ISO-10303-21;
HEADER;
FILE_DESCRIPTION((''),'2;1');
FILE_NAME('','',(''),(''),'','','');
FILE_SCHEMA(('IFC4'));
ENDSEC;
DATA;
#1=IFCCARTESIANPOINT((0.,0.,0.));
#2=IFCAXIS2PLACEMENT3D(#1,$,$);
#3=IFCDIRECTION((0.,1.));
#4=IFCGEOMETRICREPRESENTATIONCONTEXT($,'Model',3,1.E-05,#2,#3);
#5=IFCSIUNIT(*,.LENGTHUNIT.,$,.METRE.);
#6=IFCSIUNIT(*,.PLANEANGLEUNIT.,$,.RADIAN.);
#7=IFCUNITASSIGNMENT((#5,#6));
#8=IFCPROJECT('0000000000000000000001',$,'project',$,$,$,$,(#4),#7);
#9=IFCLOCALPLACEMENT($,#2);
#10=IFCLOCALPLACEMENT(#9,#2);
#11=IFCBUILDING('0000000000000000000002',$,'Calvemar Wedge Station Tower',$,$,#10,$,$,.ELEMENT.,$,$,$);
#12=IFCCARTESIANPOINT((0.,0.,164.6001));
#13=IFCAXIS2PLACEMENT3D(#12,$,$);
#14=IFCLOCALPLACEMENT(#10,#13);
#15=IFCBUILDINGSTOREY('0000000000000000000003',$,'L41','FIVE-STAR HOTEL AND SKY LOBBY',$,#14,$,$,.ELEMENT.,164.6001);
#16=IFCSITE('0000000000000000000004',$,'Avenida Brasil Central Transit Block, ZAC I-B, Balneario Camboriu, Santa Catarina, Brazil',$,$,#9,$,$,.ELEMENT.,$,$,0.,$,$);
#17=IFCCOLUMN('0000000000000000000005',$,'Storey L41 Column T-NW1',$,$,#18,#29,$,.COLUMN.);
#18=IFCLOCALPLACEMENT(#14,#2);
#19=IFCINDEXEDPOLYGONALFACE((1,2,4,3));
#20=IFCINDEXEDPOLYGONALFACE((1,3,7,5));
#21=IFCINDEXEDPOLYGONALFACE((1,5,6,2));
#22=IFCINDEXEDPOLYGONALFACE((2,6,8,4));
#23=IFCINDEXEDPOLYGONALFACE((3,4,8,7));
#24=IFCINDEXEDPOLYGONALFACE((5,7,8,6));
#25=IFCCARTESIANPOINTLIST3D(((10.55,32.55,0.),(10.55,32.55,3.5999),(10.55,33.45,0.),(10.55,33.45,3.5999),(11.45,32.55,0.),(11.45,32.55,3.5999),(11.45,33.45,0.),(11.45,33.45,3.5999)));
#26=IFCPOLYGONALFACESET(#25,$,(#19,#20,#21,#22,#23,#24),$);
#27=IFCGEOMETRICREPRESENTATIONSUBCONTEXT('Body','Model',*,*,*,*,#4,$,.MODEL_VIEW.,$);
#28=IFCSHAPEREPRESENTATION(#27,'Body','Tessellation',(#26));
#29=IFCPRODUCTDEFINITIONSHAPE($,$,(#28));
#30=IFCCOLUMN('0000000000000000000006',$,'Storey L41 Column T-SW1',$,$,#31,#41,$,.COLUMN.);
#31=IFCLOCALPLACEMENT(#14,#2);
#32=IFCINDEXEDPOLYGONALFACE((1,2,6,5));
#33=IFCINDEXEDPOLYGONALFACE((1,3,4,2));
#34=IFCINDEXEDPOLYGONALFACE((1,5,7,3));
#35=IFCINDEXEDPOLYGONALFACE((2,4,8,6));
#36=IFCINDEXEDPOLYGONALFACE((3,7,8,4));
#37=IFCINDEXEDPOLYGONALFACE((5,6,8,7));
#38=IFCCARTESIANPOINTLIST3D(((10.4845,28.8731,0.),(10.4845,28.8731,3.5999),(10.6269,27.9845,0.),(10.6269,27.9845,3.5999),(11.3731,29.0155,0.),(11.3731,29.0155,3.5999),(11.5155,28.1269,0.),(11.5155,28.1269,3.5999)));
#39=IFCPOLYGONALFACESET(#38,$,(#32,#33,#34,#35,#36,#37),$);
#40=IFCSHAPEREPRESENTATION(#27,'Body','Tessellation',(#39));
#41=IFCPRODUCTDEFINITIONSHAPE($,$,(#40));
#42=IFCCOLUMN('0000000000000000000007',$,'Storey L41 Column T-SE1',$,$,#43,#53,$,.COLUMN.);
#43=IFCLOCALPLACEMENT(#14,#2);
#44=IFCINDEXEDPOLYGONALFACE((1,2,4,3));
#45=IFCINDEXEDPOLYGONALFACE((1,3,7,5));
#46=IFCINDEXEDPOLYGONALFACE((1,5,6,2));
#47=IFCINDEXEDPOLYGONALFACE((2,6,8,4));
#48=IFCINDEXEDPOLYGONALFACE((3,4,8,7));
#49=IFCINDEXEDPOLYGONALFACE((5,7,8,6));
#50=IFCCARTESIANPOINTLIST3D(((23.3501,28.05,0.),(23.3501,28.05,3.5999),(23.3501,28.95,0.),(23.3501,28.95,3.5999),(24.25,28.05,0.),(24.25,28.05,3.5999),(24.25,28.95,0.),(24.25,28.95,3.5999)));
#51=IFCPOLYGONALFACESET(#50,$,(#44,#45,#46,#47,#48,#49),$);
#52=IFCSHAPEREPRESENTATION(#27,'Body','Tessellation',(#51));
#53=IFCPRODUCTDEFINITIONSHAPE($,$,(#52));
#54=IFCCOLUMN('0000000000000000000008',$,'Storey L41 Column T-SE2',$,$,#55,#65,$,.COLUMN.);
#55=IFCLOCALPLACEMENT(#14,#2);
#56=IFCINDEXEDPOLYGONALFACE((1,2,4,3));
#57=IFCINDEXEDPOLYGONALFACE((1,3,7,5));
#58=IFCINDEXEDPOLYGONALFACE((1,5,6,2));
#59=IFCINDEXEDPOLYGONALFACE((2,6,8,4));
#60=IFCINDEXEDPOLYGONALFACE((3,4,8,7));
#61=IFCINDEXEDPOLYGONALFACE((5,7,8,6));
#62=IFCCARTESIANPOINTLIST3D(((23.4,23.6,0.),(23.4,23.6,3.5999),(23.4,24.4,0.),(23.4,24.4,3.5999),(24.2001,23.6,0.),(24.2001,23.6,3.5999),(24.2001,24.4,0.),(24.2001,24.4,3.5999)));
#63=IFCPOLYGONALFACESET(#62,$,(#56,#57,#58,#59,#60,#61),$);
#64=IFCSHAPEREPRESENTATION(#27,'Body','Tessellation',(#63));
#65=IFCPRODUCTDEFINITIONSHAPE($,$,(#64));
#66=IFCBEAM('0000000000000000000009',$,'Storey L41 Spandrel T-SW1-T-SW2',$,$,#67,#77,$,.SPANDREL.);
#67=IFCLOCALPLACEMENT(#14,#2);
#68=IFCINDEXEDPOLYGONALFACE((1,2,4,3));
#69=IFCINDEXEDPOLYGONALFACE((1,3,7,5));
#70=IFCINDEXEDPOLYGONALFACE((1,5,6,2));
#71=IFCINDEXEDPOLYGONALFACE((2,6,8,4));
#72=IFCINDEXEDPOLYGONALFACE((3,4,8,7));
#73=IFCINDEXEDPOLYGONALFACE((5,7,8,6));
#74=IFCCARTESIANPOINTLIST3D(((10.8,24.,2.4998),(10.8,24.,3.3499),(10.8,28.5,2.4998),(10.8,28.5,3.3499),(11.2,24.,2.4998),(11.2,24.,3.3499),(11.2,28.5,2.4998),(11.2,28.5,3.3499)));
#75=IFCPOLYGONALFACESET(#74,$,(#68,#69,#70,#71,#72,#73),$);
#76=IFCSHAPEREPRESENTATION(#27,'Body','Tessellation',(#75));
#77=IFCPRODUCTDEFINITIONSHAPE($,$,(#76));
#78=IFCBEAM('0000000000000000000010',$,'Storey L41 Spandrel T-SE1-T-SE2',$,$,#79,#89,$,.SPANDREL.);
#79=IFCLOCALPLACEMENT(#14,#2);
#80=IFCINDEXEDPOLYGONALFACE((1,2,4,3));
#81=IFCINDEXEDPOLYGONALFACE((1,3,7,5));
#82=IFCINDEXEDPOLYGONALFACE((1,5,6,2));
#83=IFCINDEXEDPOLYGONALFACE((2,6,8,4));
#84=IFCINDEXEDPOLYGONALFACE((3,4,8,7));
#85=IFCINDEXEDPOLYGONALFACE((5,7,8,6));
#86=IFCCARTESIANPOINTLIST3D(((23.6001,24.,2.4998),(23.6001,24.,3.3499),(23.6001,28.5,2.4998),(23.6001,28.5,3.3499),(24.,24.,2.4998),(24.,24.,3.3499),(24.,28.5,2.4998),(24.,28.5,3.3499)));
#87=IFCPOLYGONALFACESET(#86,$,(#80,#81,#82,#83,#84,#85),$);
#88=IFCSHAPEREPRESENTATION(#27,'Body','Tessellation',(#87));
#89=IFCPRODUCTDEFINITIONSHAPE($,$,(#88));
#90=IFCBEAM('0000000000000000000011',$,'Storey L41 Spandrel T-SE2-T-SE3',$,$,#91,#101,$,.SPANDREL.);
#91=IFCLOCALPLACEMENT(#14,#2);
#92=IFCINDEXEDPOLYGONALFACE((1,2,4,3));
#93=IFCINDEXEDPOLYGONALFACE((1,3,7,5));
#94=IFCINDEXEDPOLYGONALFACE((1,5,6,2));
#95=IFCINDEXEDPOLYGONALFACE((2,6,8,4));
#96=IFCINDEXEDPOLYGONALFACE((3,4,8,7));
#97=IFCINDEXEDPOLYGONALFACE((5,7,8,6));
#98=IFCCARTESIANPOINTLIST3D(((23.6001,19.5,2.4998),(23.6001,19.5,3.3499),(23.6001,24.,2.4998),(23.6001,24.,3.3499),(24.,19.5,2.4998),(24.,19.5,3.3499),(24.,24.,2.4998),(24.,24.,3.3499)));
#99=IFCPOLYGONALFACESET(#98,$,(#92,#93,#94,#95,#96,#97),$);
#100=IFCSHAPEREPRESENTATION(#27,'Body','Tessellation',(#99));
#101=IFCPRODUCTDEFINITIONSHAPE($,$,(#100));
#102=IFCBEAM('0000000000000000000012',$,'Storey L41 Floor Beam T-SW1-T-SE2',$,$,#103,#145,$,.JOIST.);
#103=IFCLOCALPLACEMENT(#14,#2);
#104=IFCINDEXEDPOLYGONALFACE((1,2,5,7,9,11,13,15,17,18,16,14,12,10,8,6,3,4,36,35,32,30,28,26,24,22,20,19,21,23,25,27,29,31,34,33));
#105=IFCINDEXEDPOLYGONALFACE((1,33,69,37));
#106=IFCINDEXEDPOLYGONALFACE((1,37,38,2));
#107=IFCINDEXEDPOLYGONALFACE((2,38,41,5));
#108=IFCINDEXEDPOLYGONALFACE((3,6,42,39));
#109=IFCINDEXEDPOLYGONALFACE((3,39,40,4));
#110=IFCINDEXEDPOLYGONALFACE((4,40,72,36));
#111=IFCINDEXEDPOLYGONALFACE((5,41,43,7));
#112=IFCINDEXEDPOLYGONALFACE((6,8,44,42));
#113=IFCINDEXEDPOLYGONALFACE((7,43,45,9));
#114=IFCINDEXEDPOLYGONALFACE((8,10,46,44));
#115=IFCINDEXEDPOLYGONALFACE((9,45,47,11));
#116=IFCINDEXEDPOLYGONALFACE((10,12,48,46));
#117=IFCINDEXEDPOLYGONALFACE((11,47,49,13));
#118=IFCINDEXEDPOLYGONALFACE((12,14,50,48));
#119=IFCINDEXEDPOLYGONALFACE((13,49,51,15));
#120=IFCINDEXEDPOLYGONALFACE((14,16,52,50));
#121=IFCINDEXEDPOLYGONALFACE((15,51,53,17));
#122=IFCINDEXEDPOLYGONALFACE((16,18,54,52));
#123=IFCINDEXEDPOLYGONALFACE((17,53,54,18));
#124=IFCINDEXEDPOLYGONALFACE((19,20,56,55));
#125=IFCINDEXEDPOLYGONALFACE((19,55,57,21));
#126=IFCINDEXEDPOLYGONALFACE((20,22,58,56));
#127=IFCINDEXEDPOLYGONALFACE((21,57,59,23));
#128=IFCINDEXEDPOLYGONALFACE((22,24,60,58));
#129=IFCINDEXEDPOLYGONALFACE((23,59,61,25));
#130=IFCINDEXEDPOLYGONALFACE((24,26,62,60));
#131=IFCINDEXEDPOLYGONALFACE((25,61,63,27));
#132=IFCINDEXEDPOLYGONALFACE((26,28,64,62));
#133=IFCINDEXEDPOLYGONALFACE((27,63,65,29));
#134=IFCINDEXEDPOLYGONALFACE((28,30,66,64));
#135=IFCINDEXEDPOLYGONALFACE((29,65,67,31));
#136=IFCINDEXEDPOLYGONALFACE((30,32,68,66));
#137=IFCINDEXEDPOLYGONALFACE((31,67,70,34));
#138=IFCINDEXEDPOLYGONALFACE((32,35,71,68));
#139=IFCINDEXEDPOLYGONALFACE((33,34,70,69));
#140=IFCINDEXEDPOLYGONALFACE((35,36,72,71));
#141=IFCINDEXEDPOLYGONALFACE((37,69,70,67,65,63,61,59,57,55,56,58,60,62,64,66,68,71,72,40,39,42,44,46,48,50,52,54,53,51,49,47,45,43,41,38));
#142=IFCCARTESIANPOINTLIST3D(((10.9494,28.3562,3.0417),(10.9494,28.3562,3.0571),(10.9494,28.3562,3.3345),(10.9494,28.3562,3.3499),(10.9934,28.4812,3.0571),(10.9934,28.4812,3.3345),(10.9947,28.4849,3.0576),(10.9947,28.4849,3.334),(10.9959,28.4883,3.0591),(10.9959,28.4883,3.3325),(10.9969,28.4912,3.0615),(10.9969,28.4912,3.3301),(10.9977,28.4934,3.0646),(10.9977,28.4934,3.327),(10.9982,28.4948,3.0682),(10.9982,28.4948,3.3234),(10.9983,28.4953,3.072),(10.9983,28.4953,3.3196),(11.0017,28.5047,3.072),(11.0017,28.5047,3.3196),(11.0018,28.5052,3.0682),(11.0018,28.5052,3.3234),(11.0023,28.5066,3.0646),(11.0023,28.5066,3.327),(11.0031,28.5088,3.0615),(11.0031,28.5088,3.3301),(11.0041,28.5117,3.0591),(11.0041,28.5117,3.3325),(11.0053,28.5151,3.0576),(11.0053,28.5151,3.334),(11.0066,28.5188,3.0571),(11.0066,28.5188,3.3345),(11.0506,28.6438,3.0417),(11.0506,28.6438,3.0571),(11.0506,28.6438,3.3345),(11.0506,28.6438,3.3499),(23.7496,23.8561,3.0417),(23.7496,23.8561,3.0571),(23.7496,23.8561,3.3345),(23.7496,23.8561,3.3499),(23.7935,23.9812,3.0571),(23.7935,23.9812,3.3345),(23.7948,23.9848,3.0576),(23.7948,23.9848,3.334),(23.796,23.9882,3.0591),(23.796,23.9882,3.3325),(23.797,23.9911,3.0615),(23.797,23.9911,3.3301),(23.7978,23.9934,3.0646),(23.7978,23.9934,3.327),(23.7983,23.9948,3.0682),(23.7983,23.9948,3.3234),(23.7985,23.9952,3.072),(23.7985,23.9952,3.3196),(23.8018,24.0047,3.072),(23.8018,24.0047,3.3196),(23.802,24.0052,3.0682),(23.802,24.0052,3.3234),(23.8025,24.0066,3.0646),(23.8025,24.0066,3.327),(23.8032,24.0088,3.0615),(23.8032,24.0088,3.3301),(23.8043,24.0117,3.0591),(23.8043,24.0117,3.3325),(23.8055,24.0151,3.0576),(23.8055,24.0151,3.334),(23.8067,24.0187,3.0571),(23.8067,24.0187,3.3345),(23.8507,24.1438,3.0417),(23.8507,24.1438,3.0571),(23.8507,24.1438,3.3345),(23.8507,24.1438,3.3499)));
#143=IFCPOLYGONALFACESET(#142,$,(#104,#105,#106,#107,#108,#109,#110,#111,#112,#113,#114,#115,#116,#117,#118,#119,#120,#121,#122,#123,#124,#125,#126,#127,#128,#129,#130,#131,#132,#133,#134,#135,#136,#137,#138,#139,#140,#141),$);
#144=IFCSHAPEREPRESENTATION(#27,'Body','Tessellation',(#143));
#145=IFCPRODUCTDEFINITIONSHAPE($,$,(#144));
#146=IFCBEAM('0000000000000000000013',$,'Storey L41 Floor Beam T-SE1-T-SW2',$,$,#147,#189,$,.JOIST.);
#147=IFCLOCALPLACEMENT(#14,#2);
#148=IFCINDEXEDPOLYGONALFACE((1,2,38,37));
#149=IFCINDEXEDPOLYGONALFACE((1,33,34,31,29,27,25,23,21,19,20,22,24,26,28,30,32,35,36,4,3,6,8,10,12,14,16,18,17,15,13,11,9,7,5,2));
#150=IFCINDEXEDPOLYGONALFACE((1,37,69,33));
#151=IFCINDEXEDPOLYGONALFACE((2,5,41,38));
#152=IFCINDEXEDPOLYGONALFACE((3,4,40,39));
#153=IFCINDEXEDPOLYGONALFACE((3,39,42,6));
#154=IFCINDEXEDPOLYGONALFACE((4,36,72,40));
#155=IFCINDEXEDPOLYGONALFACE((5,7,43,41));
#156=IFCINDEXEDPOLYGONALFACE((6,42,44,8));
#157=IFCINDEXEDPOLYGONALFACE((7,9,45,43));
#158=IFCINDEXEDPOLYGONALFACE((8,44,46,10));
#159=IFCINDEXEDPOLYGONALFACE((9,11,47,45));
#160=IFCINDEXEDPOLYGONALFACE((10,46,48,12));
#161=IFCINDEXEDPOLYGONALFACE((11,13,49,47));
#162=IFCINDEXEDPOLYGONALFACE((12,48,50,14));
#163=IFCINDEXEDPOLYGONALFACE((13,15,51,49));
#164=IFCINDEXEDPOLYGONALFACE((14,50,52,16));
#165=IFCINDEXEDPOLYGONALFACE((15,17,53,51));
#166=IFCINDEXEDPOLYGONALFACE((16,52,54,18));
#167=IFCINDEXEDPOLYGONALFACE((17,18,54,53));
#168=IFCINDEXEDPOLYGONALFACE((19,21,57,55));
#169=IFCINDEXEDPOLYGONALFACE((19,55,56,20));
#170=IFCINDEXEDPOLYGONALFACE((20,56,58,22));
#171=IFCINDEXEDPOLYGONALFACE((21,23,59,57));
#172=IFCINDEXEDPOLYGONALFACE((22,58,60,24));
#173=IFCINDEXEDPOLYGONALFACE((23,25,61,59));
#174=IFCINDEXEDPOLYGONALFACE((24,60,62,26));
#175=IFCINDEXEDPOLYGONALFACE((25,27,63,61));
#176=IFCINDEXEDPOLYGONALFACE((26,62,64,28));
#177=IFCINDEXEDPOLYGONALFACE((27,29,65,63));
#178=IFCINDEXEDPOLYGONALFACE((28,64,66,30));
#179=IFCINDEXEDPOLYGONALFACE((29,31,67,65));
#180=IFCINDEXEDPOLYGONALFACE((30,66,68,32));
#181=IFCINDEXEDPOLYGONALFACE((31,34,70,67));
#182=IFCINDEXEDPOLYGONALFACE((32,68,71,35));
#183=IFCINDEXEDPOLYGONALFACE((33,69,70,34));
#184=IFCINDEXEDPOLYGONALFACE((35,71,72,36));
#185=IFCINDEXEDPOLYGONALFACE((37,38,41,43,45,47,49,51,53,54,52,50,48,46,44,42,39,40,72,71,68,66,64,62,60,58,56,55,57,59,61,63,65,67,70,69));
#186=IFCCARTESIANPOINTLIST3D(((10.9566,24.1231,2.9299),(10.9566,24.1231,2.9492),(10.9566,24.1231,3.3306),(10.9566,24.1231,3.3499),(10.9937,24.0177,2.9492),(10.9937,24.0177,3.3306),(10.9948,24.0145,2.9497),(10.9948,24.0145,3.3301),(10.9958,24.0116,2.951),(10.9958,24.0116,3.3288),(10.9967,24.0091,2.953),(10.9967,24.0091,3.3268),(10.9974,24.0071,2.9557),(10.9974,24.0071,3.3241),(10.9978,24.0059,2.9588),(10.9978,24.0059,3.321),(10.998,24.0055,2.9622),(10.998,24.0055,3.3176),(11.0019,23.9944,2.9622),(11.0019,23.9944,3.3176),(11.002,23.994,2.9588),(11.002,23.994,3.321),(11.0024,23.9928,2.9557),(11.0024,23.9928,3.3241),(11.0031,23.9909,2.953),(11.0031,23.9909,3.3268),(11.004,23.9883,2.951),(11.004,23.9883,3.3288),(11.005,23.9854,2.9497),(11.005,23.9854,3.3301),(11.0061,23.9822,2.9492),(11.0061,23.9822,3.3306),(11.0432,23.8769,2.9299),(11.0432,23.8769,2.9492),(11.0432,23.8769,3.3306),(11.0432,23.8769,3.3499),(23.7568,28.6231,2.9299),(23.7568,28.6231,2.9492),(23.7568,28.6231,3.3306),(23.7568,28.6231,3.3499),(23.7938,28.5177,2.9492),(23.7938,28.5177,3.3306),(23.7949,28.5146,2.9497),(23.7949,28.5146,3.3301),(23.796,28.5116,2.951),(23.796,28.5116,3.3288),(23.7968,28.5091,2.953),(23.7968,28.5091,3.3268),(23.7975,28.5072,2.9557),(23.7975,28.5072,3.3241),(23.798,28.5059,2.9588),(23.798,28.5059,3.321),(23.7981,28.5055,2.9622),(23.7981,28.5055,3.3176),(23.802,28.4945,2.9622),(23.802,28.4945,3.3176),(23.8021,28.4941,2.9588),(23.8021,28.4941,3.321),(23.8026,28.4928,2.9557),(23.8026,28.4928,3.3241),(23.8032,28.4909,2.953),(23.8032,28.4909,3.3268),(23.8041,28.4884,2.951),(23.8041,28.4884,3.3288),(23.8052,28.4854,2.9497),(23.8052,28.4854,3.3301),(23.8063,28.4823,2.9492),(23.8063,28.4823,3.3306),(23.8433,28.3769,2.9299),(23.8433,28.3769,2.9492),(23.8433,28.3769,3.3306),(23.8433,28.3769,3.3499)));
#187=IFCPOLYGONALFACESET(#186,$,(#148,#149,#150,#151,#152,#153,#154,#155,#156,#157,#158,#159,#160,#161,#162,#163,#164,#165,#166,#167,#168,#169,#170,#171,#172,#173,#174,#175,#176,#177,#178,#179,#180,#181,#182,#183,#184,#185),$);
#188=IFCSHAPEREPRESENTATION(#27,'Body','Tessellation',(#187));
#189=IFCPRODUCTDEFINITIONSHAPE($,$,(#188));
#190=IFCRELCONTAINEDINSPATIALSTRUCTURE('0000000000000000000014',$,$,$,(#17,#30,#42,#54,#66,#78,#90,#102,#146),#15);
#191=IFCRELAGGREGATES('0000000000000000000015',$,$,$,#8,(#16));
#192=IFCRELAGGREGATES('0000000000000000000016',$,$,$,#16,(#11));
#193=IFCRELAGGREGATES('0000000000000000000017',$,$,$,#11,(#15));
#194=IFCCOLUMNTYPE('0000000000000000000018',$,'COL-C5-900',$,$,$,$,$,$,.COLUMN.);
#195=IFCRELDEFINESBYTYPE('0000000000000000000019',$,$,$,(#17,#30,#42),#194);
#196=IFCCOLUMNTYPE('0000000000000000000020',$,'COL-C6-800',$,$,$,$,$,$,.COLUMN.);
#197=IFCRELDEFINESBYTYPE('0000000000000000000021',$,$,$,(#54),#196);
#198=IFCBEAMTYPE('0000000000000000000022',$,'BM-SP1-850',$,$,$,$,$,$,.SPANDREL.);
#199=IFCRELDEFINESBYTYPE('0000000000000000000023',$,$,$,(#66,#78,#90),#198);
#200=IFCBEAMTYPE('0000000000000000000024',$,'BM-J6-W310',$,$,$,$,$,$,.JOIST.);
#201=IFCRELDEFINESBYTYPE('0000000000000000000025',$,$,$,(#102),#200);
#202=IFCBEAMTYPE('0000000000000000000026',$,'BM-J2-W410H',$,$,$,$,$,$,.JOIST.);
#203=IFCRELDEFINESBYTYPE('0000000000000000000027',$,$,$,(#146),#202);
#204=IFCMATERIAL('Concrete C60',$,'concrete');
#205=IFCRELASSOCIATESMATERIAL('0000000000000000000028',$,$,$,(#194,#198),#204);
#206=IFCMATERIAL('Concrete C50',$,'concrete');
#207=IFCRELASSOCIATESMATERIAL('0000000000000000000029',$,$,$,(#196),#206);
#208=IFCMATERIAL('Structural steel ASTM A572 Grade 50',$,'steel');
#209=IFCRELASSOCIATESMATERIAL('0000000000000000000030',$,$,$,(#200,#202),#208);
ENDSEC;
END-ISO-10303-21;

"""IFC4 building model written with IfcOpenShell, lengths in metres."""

from ifc_helpers import new_model, si_unit, direction, frame, origin, origin_2d, place, context, subcontext, project, spatial, rectangle, i_section, extrude, source, transform, mapped, material, material_profile, profile_set, type_object, element, save


model = new_model("IFC4")

# Units and contexts
model_context = context("Model", 3, precision=1e-05, world=origin(), true_north=direction((0.0, 1.0)))
body_context = subcontext(model_context, "Body", "Model", "MODEL_VIEW")
ifc_project = project(units=[si_unit("LENGTHUNIT", "METRE"), si_unit("PLANEANGLEUNIT", "RADIAN")], contexts=[model_context])

# Site, building, storey
site_placement = place(None, origin())
site = spatial("IfcSite", under=ifc_project, at=site_placement, Name="Avenida Brasil Central Transit Block, ZAC I-B, Balneario Camboriu, Santa Catarina, Brazil", CompositionType="ELEMENT", RefElevation=0.0)
building_placement = place(site_placement, origin())
building = spatial("IfcBuilding", under=site, at=building_placement, Name="Calvemar Wedge Station Tower", CompositionType="ELEMENT")
storey_placement = place(building_placement, frame((0.0, 0.0, 164.6001)))
storey = spatial("IfcBuildingStorey", under=building, at=storey_placement, Name="L41", Description="FIVE-STAR HOTEL AND SKY LOBBY", CompositionType="ELEMENT", Elevation=164.6001)

# Columns
ifc_material_1 = material(Name="Concrete C60", Category="concrete")
ifc_material_profile_1 = material_profile(ifc_material_1, rectangle(XDim=0.8999, YDim=0.8999, at=origin_2d()), Name="RC900x900")
ifc_profile_set_1 = profile_set([ifc_material_profile_1], Name="Concrete C60")
column_type_1 = type_object("IfcColumnType", Name="COL-C5-900", PredefinedType="COLUMN", material=ifc_profile_set_1)
shared_shape_1 = source(origin(), body_context, "Body", "SweptSolid", [
    extrude(rectangle(XDim=0.8999, YDim=0.8999, at=origin_2d()), origin(), (0.0, 0.0, 1.0), 3.5999),
])
for number, where, z_axis, x_axis, name in (
    (1, (11.0, 33.0, 0.0), (0.0, 0.0, 1.0), (1.0, 0.0, 0.0), "Storey L41 Column T-NW1"),
    (2, (11.0, 28.5, 0.0), (0.0, 0.0, 1.0), (0.158158, -0.987414, 0.0), "Storey L41 Column T-SW1"),
    (3, (23.8, 28.5, 0.0), (0.0, 0.0, 1.0), (1.0, 0.0, 0.0), "Storey L41 Column T-SE1"),
):
    element("IfcColumn", number, at=place(storey_placement, frame(where, z_axis=z_axis, x_axis=x_axis)), inside=storey, type_object=column_type_1, Name=name, PredefinedType="COLUMN", context=body_context, shape_type="MappedRepresentation", body=[
        mapped(shared_shape_1, transform((0.0, 0.0, 0.0), scale=1.0)),
    ])
ifc_material_2 = material(Name="Concrete C50", Category="concrete")
ifc_material_profile_2 = material_profile(ifc_material_2, rectangle(XDim=0.8, YDim=0.8, at=origin_2d()), Name="RC800x800")
ifc_profile_set_2 = profile_set([ifc_material_profile_2], Name="Concrete C50")
column_type_2 = type_object("IfcColumnType", Name="COL-C6-800", PredefinedType="COLUMN", material=ifc_profile_set_2)
shared_shape_2 = source(origin(), body_context, "Body", "SweptSolid", [
    extrude(rectangle(XDim=0.8, YDim=0.8, at=origin_2d()), origin(), (0.0, 0.0, 1.0), 3.5999),
])
column_placement = place(storey_placement, frame((23.8, 24.0, 0.0), z_axis=(0.0, 0.0, 1.0), x_axis=(1.0, 0.0, 0.0)))
element("IfcColumn", 4, at=column_placement, inside=storey, type_object=column_type_2, Name="Storey L41 Column T-SE2", PredefinedType="COLUMN", context=body_context, shape_type="MappedRepresentation", body=[
    mapped(shared_shape_2, transform((0.0, 0.0, 0.0), scale=1.0)),
])

# Beams
ifc_material_profile_3 = material_profile(ifc_material_1, rectangle(XDim=0.3999, YDim=0.8501, at=origin_2d()), Name="RC400x850")
ifc_profile_set_3 = profile_set([ifc_material_profile_3], Name="Concrete C60")
beam_type_1 = type_object("IfcBeamType", Name="BM-SP1-850", PredefinedType="SPANDREL", material=ifc_profile_set_3)
shared_shape_3 = source(origin(), body_context, "Body", "SweptSolid", [
    extrude(rectangle(XDim=0.3999, YDim=0.8501, at=origin_2d()), origin(), (0.0, 0.0, 1.0), 4.5),
])
for number, where, z_axis, x_axis, name in (
    (5, (11.0, 28.5, 2.9248), (0.0, -1.0, 0.0), (1.0, 0.0, 0.0), "Storey L41 Spandrel T-SW1-T-SW2"),
    (6, (23.8, 28.5, 2.9248), (0.0, -1.0, 0.0), (1.0, 0.0, 0.0), "Storey L41 Spandrel T-SE1-T-SE2"),
    (7, (23.8, 24.0, 2.9248), (0.0, -1.0, 0.0), (1.0, 0.0, 0.0), "Storey L41 Spandrel T-SE2-T-SE3"),
):
    element("IfcBeam", number, at=place(storey_placement, frame(where, z_axis=z_axis, x_axis=x_axis)), inside=storey, type_object=beam_type_1, Name=name, PredefinedType="SPANDREL", context=body_context, shape_type="MappedRepresentation", body=[
        mapped(shared_shape_3, transform((0.0, 0.0, 0.0), scale=1.0)),
    ])
ifc_material_3 = material(Name="Structural steel ASTM A572 Grade 50", Category="steel")
ifc_material_profile_4 = material_profile(ifc_material_3, i_section(OverallWidth=0.3049, OverallDepth=0.3081, WebThickness=0.01, FlangeThickness=0.0154, FilletRadius=0.0149, at=origin_2d()), Name="W310x97")
ifc_profile_set_4 = profile_set([ifc_material_profile_4], Name="Structural steel ASTM A572 Grade 50")
beam_type_2 = type_object("IfcBeamType", Name="BM-J6-W310", PredefinedType="JOIST", material=ifc_profile_set_4)
shared_shape_4 = source(origin(), body_context, "Body", "SweptSolid", [
    extrude(i_section(OverallWidth=0.3049, OverallDepth=0.3081, WebThickness=0.01, FlangeThickness=0.0154, FilletRadius=0.0149, at=origin_2d()), origin(), (0.0, 0.0, 1.0), 13.5681),
])
beam_placement = place(storey_placement, frame((11.0, 28.5, 3.1958), z_axis=(0.943398, -0.331662, 0.0), x_axis=(0.331662, 0.943398, 0.0)))
element("IfcBeam", 8, at=beam_placement, inside=storey, type_object=beam_type_2, Name="Storey L41 Floor Beam T-SW1-T-SE2", PredefinedType="JOIST", context=body_context, shape_type="MappedRepresentation", body=[
    mapped(shared_shape_4, transform((0.0, 0.0, 0.0), scale=1.0)),
])
ifc_material_profile_5 = material_profile(ifc_material_3, i_section(OverallWidth=0.261, OverallDepth=0.4199, WebThickness=0.0117, FlangeThickness=0.0193, FilletRadius=0.0129, at=origin_2d()), Name="W410x114")
ifc_profile_set_5 = profile_set([ifc_material_profile_5], Name="Structural steel ASTM A572 Grade 50")
beam_type_3 = type_object("IfcBeamType", Name="BM-J2-W410H", PredefinedType="JOIST", material=ifc_profile_set_5)
shared_shape_5 = source(origin(), body_context, "Body", "SweptSolid", [
    extrude(i_section(OverallWidth=0.261, OverallDepth=0.4199, WebThickness=0.0117, FlangeThickness=0.0193, FilletRadius=0.0129, at=origin_2d()), origin(), (0.0, 0.0, 1.0), 13.5681),
])
for number, where, z_axis, x_axis, name in (
    (9, (23.8, 28.5, 3.1399), (-0.943398, -0.331662, 0.0), (0.331662, -0.943398, 0.0), "Storey L41 Floor Beam T-SE1-T-SW2"),
):
    element("IfcBeam", number, at=place(storey_placement, frame(where, z_axis=z_axis, x_axis=x_axis)), inside=storey, type_object=beam_type_3, Name=name, PredefinedType="JOIST", context=body_context, shape_type="MappedRepresentation", body=[
        mapped(shared_shape_5, transform((0.0, 0.0, 0.0), scale=1.0)),
    ])

save(model, "model.ifc")
